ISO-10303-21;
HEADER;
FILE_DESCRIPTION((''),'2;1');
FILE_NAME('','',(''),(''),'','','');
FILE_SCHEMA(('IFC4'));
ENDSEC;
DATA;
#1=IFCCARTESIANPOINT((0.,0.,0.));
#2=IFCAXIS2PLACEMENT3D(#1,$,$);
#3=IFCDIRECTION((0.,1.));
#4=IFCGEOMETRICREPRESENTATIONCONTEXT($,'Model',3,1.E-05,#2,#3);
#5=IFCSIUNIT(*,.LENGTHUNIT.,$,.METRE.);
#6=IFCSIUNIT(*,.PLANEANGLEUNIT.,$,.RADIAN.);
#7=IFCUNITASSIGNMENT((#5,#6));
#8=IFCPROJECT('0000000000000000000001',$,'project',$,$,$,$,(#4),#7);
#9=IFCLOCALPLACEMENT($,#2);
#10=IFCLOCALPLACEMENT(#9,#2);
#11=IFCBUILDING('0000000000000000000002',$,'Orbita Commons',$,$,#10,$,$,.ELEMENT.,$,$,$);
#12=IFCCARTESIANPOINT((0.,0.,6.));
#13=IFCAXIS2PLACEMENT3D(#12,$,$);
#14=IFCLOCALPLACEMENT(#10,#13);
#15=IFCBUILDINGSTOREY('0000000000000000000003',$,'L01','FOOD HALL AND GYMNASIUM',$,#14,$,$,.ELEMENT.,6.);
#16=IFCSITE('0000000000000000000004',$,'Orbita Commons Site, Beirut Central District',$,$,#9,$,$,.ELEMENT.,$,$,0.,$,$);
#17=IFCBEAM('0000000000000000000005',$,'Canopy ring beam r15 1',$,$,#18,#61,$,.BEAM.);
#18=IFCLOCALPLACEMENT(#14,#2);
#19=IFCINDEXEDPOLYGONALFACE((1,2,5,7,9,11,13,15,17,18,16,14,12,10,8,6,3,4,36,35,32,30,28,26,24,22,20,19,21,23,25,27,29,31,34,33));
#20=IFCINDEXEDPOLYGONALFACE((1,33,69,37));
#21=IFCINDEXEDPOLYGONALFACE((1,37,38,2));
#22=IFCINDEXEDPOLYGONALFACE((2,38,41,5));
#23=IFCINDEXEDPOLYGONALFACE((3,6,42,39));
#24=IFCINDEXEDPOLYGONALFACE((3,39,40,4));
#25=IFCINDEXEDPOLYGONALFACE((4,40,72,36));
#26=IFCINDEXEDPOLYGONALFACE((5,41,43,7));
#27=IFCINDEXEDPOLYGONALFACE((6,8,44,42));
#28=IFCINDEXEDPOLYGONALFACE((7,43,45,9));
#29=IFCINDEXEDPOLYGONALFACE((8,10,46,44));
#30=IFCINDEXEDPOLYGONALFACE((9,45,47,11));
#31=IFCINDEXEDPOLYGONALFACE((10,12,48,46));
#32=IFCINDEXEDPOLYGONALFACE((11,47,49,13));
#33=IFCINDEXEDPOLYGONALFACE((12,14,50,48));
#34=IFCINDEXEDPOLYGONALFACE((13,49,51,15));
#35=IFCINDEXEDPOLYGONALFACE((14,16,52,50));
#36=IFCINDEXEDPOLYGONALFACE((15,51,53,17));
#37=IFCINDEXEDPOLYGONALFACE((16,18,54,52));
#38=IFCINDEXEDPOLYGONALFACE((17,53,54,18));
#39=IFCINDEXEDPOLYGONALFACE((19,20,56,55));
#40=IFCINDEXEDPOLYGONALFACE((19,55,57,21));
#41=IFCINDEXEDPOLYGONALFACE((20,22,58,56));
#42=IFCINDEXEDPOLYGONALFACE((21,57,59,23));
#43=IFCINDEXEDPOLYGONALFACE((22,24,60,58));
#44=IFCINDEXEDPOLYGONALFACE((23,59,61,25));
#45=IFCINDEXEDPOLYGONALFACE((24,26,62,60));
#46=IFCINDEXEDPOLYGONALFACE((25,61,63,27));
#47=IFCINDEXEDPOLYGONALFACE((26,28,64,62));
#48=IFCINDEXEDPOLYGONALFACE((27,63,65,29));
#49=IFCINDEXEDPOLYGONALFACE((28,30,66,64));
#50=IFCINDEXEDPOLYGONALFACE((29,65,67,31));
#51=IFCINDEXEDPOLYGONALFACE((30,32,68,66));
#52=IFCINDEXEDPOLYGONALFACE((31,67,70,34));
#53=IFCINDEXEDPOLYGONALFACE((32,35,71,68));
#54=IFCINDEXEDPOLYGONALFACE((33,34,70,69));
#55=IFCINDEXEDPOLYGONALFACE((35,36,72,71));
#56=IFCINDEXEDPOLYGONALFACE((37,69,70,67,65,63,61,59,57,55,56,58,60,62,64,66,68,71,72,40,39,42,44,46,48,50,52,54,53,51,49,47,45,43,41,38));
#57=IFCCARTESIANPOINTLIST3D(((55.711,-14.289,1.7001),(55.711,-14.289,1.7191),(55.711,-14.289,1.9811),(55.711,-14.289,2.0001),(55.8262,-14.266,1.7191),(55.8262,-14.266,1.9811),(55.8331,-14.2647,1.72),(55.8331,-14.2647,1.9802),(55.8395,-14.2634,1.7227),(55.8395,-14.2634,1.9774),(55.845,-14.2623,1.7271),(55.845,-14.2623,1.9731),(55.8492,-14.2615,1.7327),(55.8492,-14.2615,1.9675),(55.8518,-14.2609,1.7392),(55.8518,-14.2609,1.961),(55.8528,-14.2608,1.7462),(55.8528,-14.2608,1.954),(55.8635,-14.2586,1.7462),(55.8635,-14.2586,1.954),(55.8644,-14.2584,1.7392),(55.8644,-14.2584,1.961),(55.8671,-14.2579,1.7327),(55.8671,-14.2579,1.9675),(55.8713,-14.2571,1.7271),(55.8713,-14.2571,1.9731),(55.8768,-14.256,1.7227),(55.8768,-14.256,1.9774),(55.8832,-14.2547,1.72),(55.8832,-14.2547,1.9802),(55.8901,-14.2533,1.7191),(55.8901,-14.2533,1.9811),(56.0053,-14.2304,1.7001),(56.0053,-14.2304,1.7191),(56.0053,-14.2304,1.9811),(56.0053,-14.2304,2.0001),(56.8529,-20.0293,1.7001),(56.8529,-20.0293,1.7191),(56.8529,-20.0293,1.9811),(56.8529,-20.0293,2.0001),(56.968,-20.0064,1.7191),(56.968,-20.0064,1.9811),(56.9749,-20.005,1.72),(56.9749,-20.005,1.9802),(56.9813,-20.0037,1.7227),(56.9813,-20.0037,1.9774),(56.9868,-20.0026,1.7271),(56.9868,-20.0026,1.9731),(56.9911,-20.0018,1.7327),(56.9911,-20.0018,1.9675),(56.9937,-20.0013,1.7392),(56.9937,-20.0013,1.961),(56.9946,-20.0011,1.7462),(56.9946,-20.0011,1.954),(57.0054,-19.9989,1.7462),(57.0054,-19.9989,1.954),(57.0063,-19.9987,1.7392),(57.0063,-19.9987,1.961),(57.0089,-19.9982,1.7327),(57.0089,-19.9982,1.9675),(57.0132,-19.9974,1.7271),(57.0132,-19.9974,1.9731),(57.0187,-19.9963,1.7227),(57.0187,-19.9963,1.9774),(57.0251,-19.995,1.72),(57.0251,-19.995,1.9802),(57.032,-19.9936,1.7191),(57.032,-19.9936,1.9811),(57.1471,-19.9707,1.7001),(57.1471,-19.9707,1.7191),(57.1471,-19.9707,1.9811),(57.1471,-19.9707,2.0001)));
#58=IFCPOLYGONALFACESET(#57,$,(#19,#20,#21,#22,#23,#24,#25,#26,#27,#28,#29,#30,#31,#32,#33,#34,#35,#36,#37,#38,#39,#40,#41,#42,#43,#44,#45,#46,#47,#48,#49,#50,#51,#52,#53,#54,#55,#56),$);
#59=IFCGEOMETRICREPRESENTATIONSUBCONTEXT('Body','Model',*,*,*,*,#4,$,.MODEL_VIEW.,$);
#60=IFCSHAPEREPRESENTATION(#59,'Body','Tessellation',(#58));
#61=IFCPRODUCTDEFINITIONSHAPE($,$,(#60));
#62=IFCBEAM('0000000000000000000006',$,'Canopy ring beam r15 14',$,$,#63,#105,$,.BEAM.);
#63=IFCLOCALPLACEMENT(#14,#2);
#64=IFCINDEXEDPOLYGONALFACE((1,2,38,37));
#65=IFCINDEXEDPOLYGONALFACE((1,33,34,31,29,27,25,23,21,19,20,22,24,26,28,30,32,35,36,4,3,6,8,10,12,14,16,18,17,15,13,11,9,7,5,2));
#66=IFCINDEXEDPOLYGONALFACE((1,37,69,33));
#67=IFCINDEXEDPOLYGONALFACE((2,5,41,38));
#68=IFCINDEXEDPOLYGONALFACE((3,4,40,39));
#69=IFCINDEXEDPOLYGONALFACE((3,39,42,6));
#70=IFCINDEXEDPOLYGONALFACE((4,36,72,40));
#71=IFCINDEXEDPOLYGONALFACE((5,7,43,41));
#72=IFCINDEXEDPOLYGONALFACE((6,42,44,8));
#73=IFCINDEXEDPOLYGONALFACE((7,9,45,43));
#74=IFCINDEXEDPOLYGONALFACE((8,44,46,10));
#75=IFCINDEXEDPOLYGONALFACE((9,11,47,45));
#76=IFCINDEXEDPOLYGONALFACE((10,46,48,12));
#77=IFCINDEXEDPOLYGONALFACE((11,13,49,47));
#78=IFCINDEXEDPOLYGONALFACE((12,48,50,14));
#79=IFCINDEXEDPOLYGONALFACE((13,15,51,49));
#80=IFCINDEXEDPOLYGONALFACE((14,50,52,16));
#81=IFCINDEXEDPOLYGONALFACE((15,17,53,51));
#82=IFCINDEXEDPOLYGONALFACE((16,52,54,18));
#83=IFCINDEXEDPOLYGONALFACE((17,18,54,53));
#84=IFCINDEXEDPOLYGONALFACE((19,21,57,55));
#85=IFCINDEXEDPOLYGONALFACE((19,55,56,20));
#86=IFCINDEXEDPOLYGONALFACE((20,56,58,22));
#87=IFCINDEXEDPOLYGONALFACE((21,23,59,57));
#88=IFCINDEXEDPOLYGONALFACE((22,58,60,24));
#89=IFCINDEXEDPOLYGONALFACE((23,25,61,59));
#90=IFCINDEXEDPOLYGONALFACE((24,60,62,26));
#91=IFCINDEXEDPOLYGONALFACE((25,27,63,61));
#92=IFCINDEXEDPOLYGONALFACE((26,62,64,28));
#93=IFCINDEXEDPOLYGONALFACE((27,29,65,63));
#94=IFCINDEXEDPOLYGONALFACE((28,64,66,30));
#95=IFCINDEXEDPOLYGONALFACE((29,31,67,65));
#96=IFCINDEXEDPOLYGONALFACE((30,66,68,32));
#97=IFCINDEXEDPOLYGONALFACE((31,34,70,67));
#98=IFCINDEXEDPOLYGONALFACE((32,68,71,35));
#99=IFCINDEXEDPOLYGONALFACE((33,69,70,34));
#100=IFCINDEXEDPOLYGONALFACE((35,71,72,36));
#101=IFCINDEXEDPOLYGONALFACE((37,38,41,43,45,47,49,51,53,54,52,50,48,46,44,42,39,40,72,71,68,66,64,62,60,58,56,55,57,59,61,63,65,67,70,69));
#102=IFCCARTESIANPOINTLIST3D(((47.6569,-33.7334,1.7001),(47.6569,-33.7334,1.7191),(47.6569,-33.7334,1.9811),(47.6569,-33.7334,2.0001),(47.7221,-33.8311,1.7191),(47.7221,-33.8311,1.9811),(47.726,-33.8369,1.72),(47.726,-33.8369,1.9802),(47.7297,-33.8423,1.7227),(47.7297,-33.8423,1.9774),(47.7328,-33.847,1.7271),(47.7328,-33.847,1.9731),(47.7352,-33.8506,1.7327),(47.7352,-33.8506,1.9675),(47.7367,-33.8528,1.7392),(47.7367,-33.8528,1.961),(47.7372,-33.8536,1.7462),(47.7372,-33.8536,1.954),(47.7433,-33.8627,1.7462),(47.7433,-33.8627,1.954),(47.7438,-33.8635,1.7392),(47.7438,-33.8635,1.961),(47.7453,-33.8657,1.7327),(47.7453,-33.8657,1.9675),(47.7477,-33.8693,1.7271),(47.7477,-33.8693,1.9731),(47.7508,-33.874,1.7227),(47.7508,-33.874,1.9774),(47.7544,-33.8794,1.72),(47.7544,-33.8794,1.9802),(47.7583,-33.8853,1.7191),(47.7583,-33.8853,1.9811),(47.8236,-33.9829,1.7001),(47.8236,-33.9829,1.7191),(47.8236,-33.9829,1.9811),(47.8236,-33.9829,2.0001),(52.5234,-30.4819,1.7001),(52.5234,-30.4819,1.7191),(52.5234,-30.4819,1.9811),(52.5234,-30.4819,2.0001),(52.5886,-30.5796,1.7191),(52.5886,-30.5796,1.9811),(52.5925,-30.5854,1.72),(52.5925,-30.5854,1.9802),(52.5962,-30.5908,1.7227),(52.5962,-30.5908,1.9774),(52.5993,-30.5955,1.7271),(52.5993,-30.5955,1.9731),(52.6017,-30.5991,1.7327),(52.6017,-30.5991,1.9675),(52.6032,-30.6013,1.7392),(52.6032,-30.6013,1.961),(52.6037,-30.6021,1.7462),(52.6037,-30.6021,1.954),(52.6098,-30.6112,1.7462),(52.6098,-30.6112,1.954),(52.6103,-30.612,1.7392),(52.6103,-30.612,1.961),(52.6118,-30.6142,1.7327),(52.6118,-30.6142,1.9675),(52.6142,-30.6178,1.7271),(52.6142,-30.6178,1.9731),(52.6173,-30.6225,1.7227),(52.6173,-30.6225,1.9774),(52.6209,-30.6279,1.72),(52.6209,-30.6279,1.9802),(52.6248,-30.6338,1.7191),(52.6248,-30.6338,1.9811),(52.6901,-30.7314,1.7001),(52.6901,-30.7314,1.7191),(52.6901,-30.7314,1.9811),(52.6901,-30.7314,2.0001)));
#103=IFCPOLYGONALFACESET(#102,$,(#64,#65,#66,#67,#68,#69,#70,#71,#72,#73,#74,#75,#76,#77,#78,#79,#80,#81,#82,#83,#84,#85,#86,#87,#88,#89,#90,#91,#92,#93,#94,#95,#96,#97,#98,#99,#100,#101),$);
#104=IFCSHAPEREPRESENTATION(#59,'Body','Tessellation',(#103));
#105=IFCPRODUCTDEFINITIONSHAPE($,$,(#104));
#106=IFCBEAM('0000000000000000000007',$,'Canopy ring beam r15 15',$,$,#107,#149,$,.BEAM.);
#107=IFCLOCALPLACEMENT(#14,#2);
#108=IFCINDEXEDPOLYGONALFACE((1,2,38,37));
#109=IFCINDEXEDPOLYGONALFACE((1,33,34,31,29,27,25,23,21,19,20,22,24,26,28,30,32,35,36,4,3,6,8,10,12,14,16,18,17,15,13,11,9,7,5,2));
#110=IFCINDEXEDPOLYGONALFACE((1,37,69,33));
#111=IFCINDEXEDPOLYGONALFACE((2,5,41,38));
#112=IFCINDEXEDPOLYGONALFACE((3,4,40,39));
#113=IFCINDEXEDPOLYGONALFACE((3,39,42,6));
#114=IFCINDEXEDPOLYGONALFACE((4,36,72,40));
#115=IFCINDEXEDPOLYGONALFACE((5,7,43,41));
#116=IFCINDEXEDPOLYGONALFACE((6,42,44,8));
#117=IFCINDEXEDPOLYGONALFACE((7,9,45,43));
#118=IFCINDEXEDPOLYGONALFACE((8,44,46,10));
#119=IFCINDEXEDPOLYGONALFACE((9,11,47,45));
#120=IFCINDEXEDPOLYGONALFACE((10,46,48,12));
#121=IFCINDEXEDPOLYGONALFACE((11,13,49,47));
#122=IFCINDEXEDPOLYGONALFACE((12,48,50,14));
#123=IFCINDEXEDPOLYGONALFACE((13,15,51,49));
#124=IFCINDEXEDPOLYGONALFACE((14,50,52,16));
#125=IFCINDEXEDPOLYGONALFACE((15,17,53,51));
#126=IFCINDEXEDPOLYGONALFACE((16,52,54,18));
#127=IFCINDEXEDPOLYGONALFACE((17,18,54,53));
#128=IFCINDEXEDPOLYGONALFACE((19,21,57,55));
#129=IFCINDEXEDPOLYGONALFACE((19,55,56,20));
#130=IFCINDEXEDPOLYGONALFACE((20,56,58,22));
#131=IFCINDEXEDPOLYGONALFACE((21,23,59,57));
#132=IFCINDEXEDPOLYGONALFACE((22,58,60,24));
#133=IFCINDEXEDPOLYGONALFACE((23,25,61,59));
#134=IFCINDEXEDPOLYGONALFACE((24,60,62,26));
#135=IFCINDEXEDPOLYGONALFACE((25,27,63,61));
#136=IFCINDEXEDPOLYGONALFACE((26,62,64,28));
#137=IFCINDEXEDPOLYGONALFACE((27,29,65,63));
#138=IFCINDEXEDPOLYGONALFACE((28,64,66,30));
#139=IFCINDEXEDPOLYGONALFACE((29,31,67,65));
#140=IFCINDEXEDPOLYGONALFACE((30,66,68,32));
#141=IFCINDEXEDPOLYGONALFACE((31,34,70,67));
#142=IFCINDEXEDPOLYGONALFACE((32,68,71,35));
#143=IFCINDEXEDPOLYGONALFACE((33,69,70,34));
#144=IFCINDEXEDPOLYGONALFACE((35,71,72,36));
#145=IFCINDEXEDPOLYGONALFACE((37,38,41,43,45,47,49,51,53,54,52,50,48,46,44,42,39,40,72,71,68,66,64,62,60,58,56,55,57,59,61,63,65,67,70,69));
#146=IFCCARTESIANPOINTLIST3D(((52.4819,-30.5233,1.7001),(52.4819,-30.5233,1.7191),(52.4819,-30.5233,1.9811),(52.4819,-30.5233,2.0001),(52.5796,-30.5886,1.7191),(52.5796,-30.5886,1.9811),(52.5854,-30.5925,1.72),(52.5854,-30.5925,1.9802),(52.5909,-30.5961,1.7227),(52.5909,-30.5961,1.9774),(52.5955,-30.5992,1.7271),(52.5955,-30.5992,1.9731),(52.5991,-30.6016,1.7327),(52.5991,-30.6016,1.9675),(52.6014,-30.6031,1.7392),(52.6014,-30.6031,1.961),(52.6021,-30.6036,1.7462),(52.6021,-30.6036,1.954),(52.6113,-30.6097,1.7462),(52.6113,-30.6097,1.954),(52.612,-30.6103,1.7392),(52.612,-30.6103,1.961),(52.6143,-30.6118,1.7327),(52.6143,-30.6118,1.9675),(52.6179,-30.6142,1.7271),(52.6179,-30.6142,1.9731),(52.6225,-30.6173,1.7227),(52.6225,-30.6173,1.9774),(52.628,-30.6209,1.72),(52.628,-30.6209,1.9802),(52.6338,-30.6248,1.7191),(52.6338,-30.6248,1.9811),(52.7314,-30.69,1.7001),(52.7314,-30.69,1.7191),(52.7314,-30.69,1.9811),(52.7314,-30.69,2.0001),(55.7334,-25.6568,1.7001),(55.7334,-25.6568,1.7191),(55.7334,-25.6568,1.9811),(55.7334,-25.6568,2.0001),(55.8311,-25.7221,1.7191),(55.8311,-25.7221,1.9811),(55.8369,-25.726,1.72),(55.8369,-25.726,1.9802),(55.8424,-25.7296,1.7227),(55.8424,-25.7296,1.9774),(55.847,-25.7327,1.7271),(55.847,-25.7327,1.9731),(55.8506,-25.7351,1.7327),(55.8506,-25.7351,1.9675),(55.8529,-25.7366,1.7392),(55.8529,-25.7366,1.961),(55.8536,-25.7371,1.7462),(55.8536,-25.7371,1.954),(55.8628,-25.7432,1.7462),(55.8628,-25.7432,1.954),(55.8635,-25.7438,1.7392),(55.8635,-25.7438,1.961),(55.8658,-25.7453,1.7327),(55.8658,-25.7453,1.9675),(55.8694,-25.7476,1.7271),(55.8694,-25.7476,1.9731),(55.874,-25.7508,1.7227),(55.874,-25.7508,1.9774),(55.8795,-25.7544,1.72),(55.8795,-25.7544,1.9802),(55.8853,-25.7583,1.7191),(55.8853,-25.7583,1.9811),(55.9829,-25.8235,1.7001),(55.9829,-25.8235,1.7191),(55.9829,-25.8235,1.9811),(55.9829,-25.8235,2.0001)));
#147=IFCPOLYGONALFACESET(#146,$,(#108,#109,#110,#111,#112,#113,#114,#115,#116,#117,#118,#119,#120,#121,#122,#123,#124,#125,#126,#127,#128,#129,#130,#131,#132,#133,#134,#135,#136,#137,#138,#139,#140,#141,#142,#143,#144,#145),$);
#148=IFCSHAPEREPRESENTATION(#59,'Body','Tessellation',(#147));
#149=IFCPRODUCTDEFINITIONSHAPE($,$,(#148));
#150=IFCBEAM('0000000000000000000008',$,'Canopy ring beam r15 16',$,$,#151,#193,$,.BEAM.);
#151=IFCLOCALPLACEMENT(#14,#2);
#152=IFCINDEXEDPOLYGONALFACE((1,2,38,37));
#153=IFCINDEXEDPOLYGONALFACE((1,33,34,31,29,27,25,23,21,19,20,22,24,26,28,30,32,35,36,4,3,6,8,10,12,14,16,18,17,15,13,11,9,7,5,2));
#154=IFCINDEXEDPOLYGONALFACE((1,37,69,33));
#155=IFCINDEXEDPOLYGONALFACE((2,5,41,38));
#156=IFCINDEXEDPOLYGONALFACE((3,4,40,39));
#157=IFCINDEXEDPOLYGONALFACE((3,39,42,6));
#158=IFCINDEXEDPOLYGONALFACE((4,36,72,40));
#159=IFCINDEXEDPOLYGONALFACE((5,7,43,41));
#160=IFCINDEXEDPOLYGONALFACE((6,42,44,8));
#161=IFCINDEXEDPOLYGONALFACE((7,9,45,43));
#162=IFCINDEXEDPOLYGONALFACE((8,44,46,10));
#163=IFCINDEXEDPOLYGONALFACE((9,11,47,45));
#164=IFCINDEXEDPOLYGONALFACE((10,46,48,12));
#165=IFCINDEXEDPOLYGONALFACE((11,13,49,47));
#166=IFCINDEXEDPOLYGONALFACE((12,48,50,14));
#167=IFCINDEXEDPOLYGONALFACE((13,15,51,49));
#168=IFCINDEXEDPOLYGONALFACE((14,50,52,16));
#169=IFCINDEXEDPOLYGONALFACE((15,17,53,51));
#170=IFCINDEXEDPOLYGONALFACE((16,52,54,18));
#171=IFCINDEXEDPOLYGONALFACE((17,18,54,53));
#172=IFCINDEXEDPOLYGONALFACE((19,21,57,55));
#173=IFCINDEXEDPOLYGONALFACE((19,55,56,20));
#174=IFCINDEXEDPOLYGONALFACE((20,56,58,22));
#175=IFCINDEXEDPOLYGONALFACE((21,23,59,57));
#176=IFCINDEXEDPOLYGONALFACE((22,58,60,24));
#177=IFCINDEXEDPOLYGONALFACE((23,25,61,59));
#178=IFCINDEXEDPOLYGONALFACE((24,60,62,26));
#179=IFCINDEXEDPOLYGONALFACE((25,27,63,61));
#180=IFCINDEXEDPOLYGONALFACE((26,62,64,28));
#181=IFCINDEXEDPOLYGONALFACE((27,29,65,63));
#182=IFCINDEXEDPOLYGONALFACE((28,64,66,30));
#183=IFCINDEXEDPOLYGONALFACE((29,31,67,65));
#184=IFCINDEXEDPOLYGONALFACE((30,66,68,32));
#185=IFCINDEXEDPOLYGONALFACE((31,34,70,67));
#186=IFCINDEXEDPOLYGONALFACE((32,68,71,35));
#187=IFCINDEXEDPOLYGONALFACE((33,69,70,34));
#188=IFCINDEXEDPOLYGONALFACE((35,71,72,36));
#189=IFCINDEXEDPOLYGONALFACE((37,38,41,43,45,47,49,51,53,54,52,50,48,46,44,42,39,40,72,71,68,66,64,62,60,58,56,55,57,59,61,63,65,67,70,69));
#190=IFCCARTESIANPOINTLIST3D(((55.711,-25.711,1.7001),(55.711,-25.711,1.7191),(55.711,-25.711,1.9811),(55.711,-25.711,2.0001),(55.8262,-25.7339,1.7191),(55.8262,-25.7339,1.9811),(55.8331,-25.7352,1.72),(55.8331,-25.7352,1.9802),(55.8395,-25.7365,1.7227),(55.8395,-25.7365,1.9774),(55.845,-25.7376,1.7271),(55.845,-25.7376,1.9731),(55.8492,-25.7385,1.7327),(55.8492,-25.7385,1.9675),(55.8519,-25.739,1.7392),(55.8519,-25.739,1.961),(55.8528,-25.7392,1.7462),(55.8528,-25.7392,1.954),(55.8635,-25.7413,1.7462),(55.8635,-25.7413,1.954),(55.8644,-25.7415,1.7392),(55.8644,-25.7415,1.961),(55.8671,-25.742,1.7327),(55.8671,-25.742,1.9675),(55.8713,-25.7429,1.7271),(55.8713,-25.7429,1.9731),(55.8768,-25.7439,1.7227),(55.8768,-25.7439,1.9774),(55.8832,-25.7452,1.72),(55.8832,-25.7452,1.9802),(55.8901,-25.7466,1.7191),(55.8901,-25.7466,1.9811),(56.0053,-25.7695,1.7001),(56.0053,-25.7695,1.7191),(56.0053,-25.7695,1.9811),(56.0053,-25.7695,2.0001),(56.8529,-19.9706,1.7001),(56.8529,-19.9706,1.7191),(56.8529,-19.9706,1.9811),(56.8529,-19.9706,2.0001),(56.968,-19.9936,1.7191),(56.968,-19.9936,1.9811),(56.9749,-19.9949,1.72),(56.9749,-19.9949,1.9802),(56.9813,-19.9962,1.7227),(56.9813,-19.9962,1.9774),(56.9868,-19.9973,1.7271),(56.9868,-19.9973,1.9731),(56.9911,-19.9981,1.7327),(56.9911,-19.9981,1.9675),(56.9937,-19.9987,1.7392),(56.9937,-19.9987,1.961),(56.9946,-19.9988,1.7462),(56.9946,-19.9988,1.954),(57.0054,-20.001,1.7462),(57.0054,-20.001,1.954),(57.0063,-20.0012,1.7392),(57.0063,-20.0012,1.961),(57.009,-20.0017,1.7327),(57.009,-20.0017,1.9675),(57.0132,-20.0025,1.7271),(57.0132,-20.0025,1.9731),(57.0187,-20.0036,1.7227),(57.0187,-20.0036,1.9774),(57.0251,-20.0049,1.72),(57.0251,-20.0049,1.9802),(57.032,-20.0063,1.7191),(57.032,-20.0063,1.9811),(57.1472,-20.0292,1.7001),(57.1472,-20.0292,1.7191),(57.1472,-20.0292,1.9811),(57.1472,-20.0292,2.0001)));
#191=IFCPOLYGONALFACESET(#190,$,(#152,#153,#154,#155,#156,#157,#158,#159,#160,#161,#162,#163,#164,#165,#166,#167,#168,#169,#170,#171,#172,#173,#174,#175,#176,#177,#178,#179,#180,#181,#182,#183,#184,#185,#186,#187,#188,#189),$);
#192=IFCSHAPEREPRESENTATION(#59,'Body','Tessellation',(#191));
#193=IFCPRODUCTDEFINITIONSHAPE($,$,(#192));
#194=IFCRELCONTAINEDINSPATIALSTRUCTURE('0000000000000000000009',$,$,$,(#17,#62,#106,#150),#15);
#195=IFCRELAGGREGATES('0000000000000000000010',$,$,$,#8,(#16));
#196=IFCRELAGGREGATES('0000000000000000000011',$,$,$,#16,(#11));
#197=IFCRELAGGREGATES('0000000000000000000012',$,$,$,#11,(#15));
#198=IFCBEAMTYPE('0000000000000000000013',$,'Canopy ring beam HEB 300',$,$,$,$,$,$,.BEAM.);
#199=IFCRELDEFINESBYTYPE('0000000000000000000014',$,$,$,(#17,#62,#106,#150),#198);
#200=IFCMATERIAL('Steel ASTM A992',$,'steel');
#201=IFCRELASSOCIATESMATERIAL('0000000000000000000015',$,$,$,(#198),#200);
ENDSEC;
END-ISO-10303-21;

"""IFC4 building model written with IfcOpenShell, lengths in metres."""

from ifc_helpers import new_model, si_unit, direction, frame, origin, origin_2d, place, context, subcontext, project, spatial, i_section, extrude, material, material_profile, profile_set, type_object, element, save


model = new_model("IFC4")

# Units and contexts
model_context = context("Model", 3, precision=1e-05, world=origin(), true_north=direction((0.0, 1.0)))
body_context = subcontext(model_context, "Body", "Model", "MODEL_VIEW")
ifc_project = project(units=[si_unit("LENGTHUNIT", "METRE"), si_unit("PLANEANGLEUNIT", "RADIAN")], contexts=[model_context])

# Site, building, storey
site_placement = place(None, origin())
site = spatial("IfcSite", under=ifc_project, at=site_placement, Name="Orbita Commons Site, Beirut Central District", CompositionType="ELEMENT", RefElevation=0.0)
building_placement = place(site_placement, origin())
building = spatial("IfcBuilding", under=site, at=building_placement, Name="Orbita Commons", CompositionType="ELEMENT")
storey_placement = place(building_placement, frame((0.0, 0.0, 6.0)))
storey = spatial("IfcBuildingStorey", under=building, at=storey_placement, Name="L01", Description="FOOD HALL AND GYMNASIUM", CompositionType="ELEMENT", Elevation=6.0)

# Beams
ifc_material_1 = material(Name="Steel ASTM A992", Category="steel")
ifc_material_profile_1 = material_profile(ifc_material_1, i_section(OverallWidth=0.3, OverallDepth=0.3, WebThickness=0.011, FlangeThickness=0.019, FilletRadius=0.0271, at=origin_2d()), Name="HEB 300")
ifc_profile_set_1 = profile_set([ifc_material_profile_1], Name="Steel ASTM A992")
beam_type = type_object("IfcBeamType", Name="Canopy ring beam HEB 300", PredefinedType="BEAM", material=ifc_profile_set_1)
for number, where, z_axis, x_axis, name in (
    (1, (57.0, -20.0, 1.8501), (-0.195097, 0.980784, 0.0), (-0.980784, -0.195097, 0.0), "Canopy ring beam r15 1"),
    (2, (47.7402, -33.8582, 1.8501), (0.831485, 0.555547, 0.0), (-0.555547, 0.831485, 0.0), "Canopy ring beam r15 14"),
    (3, (52.6067, -30.6067, 1.8501), (0.555547, 0.831485, 0.0), (-0.831485, 0.555547, 0.0), "Canopy ring beam r15 15"),
    (4, (55.8582, -25.7402, 1.8501), (0.195097, 0.980784, 0.0), (-0.980784, 0.195097, 0.0), "Canopy ring beam r15 16"),
):
    element("IfcBeam", number, at=place(storey_placement, frame(where, z_axis=z_axis, x_axis=x_axis)), inside=storey, type_object=beam_type, Name=name, PredefinedType="BEAM", context=body_context, shape_type="SweptSolid", body=[
        extrude(i_section(OverallWidth=0.3, OverallDepth=0.3, WebThickness=0.011, FlangeThickness=0.019, FilletRadius=0.0271, at=origin_2d()), origin(), (0.0, 0.0, 1.0), 5.8528),
    ])

save(model, "model.ifc")
